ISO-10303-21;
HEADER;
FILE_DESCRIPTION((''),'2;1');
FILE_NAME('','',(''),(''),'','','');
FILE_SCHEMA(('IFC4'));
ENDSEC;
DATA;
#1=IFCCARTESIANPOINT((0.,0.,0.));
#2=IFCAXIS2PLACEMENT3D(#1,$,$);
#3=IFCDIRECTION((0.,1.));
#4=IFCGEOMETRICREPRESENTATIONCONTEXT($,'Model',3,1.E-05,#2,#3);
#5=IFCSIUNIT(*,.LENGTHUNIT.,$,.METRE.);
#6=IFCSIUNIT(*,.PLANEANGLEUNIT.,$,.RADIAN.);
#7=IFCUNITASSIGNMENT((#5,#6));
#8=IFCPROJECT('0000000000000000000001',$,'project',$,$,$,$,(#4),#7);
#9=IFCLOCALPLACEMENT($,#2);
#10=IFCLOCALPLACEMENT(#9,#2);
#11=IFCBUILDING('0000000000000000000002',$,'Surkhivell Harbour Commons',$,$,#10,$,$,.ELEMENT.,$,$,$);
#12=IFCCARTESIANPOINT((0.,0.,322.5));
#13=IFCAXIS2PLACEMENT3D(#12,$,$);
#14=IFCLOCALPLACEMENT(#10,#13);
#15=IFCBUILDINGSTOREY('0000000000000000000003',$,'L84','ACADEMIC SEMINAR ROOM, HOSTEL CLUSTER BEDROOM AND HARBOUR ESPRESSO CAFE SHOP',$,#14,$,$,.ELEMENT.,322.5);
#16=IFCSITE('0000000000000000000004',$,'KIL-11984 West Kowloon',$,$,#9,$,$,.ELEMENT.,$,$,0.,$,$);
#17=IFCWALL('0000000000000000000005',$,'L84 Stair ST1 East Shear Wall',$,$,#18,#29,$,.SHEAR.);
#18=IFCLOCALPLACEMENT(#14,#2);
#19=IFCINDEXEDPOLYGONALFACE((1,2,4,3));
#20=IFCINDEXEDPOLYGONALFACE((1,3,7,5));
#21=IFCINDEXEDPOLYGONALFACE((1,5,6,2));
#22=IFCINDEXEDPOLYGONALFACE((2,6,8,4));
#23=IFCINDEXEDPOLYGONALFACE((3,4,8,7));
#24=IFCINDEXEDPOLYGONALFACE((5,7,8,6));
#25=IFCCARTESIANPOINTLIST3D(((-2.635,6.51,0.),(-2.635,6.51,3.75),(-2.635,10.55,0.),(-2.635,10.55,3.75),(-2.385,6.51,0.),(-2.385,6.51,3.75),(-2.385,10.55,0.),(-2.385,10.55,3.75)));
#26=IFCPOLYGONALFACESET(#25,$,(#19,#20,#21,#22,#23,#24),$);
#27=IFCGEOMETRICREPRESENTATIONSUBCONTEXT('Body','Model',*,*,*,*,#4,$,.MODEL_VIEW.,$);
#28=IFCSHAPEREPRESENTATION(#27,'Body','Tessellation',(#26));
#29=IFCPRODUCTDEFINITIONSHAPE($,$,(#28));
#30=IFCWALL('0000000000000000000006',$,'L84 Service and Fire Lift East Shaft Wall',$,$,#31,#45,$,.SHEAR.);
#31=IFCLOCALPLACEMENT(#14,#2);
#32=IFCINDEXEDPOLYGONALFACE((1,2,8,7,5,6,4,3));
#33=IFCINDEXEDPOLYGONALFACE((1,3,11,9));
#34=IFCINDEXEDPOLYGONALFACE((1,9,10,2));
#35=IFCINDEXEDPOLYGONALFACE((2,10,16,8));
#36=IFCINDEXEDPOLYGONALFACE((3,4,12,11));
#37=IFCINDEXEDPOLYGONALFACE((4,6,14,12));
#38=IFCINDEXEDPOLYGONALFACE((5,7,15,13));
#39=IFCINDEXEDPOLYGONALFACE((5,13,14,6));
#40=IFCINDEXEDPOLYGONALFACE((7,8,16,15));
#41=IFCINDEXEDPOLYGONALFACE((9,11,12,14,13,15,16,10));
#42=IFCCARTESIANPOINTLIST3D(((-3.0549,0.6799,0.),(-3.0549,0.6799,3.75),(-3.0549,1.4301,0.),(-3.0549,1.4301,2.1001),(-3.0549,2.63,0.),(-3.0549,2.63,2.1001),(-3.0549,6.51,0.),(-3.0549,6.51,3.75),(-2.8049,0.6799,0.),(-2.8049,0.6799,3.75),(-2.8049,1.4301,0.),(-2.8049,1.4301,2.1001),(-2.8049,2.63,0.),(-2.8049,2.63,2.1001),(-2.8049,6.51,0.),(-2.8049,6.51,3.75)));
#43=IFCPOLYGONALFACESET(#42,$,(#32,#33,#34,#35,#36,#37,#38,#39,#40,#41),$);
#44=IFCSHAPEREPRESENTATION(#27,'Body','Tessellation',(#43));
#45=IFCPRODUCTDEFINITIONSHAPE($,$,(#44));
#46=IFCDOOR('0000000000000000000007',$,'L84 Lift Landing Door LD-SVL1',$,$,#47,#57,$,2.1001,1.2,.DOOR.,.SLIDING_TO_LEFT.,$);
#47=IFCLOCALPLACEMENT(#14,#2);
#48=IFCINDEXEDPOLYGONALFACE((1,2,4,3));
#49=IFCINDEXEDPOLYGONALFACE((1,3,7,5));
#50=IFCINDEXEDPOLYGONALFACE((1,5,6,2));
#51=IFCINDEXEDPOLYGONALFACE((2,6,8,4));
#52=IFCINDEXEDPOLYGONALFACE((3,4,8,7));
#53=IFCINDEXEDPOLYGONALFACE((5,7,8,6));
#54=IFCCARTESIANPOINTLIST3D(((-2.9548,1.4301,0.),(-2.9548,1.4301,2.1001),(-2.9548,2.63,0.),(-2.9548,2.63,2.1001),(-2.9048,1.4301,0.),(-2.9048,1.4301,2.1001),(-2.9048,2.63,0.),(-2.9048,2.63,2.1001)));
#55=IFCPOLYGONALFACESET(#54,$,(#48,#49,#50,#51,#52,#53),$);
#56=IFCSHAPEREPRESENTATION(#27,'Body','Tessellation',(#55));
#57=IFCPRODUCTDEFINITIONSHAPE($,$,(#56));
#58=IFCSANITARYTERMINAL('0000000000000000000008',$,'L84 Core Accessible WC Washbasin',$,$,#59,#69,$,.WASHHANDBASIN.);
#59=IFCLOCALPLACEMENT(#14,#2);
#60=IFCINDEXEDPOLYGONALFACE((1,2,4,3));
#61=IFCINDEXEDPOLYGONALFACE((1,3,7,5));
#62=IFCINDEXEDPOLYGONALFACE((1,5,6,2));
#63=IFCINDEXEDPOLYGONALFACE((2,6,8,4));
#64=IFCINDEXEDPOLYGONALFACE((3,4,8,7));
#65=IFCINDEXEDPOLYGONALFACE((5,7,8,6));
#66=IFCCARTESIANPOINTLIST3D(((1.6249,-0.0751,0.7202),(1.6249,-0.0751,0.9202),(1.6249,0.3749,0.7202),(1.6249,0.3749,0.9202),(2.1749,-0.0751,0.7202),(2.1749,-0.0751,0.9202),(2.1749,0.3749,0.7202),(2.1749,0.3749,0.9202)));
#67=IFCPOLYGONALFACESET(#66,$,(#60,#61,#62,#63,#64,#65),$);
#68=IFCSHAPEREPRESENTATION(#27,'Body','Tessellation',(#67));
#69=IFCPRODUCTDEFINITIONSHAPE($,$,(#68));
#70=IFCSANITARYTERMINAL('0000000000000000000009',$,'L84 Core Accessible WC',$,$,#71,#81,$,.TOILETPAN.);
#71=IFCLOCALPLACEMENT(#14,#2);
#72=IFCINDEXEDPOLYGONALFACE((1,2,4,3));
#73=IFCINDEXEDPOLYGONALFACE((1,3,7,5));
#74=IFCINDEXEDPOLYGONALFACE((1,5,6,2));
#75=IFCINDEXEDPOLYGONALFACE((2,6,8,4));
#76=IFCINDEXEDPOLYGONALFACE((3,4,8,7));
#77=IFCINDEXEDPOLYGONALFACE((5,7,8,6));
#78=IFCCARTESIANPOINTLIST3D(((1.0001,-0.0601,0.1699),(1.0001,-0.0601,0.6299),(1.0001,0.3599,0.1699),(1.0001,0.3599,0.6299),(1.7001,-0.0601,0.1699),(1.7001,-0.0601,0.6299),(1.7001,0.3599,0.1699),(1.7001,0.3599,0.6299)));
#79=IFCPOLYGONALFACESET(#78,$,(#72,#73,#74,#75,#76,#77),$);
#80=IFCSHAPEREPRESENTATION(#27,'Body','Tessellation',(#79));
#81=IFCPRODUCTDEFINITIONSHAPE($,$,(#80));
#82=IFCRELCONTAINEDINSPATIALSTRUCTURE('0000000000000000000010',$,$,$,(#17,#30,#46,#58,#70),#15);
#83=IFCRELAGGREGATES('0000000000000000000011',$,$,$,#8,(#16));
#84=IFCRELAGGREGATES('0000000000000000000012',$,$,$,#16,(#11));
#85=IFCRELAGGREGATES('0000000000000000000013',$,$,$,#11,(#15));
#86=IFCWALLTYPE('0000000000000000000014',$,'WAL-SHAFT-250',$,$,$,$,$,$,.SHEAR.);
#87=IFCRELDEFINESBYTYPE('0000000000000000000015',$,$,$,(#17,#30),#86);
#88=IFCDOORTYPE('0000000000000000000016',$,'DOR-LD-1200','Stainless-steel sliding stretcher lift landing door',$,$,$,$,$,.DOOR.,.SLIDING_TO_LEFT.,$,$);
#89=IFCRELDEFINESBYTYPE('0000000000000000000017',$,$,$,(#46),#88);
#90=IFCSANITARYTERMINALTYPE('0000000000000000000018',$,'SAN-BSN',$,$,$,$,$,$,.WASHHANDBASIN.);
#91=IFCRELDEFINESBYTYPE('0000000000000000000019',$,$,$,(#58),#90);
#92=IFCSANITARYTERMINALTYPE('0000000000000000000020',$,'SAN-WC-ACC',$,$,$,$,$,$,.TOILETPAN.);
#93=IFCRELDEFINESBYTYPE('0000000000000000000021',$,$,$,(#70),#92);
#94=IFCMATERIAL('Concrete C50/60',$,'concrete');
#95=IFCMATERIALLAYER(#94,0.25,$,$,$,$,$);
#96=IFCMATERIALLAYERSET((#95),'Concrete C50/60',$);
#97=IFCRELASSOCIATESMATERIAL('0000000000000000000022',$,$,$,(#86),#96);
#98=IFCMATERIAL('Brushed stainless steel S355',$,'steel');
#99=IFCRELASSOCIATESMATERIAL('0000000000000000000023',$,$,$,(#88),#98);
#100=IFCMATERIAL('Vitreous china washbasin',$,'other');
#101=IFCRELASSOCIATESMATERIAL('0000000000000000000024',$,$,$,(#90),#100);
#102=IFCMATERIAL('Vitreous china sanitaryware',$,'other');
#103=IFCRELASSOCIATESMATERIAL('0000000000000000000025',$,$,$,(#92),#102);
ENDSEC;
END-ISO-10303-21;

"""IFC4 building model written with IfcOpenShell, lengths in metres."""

from ifc_helpers import new_model, si_unit, direction, frame, frame_2d, origin, origin_2d, place, context, subcontext, project, spatial, rectangle, extrude, material, layer, layer_set, type_object, element, fill, save


model = new_model("IFC4")

# Units and contexts
model_context = context("Model", 3, precision=1e-05, world=origin(), true_north=direction((0.0, 1.0)))
body_context = subcontext(model_context, "Body", "Model", "MODEL_VIEW")
ifc_project = project(units=[si_unit("LENGTHUNIT", "METRE"), si_unit("PLANEANGLEUNIT", "RADIAN")], contexts=[model_context])

# Site, building, storey
site_placement = place(None, origin())
site = spatial("IfcSite", under=ifc_project, at=site_placement, Name="KIL-11984 West Kowloon", CompositionType="ELEMENT", RefElevation=0.0)
building_placement = place(site_placement, origin())
building = spatial("IfcBuilding", under=site, at=building_placement, Name="Surkhivell Harbour Commons", CompositionType="ELEMENT")
storey_placement = place(building_placement, frame((0.0, 0.0, 322.5)))
storey = spatial("IfcBuildingStorey", under=building, at=storey_placement, Name="L84", Description="ACADEMIC SEMINAR ROOM, HOSTEL CLUSTER BEDROOM AND HARBOUR ESPRESSO CAFE SHOP", CompositionType="ELEMENT", Elevation=322.5)

# Shared definitions
ifc_material_1 = material(Name="Concrete C50/60", Category="concrete")

# Wall
ifc_layer_1 = layer(ifc_material_1, 0.25)
ifc_layer_set_1 = layer_set([ifc_layer_1], Name="Concrete C50/60")
wall_type_1 = type_object("IfcWallType", Name="WAL-SHAFT-250", PredefinedType="SHEAR", material=ifc_layer_set_1)
wall_1_placement = place(storey_placement, frame((-2.51, 6.51, 0.0), z_axis=(0.0, 0.0, 1.0), x_axis=(0.0, 1.0, 0.0)))
element("IfcWall", 1, at=wall_1_placement, inside=storey, type_object=wall_type_1, Name="L84 Stair ST1 East Shear Wall", PredefinedType="SHEAR", context=body_context, shape_type="SweptSolid", body=[
    extrude(rectangle(XDim=4.04, YDim=0.25, at=frame_2d((2.02, 0.0))), origin(), (0.0, 0.0, 1.0), 3.75),
])

# Wall, opening, door
wall_2_placement = place(storey_placement, frame((-2.9299, 0.6799, 0.0), z_axis=(0.0, 0.0, 1.0), x_axis=(0.0, 1.0, 0.0)))
wall_2 = element("IfcWall", 2, at=wall_2_placement, inside=storey, type_object=wall_type_1, Name="L84 Service and Fire Lift East Shaft Wall", PredefinedType="SHEAR", context=body_context, shape_type="SweptSolid", body=[
    extrude(rectangle(XDim=5.8301, YDim=0.25, at=frame_2d((2.915, 0.0))), origin(), (0.0, 0.0, 1.0), 3.75),
])
opening_1_placement = place(wall_2_placement, frame((0.75, 0.0, 0.0)))
opening_1 = element("IfcOpeningElement", 3, at=opening_1_placement, cuts=wall_2, PredefinedType="OPENING", context=body_context, shape_type="SweptSolid", body=[
    extrude(rectangle(XDim=1.2, YDim=2.1001, at=frame_2d((0.6001, 1.05))), frame((0.0, 0.135, 0.0), z_axis=(0.0, -1.0, 0.0), x_axis=(1.0, 0.0, 0.0)), (0.0, 0.0, 1.0), 0.27),
])
ifc_material_2 = material(Name="Brushed stainless steel S355", Category="steel")
door_type_1 = type_object("IfcDoorType", Name="DOR-LD-1200", Description="Stainless-steel sliding stretcher lift landing door", OperationType="SLIDING_TO_LEFT", PredefinedType="DOOR", material=ifc_material_2)
door_1_placement = place(opening_1_placement, origin())
door_1 = element("IfcDoor", 4, at=door_1_placement, inside=storey, type_object=door_type_1, Name="L84 Lift Landing Door LD-SVL1", OperationType="SLIDING_TO_LEFT", OverallHeight=2.1001, OverallWidth=1.2, PredefinedType="DOOR", context=body_context, shape_type="SweptSolid", body=[
    extrude(rectangle(XDim=1.2, YDim=2.1001, at=frame_2d((0.6001, 1.05))), frame((0.0, 0.0249, 0.0), z_axis=(0.0, -1.0, 0.0), x_axis=(1.0, 0.0, 0.0)), (0.0, 0.0, 1.0), 0.05),
])
fill(opening_1, door_1)

# Sanitary terminals
ifc_material_3 = material(Name="Vitreous china washbasin", Category="other")
sanitary_terminal_type_1 = type_object("IfcSanitaryTerminalType", Name="SAN-BSN", PredefinedType="WASHHANDBASIN", material=ifc_material_3)
sanitary_terminal_1_placement = place(storey_placement, frame((1.8999, 0.1499, 0.7202), z_axis=(0.0, 0.0, 1.0), x_axis=(1.0, 0.0, 0.0)))
element("IfcSanitaryTerminal", 5, at=sanitary_terminal_1_placement, inside=storey, type_object=sanitary_terminal_type_1, Name="L84 Core Accessible WC Washbasin", PredefinedType="WASHHANDBASIN", context=body_context, shape_type="SweptSolid", body=[
    extrude(rectangle(XDim=0.55, YDim=0.45, at=origin_2d()), origin(), (0.0, 0.0, 1.0), 0.2),
])
ifc_material_4 = material(Name="Vitreous china sanitaryware", Category="other")
sanitary_terminal_type_2 = type_object("IfcSanitaryTerminalType", Name="SAN-WC-ACC", PredefinedType="TOILETPAN", material=ifc_material_4)
sanitary_terminal_2_placement = place(storey_placement, frame((1.3501, 0.1499, 0.1699), z_axis=(0.0, 0.0, 1.0), x_axis=(1.0, 0.0, 0.0)))
element("IfcSanitaryTerminal", 6, at=sanitary_terminal_2_placement, inside=storey, type_object=sanitary_terminal_type_2, Name="L84 Core Accessible WC", PredefinedType="TOILETPAN", context=body_context, shape_type="SweptSolid", body=[
    extrude(rectangle(XDim=0.7, YDim=0.4199, at=origin_2d()), origin(), (0.0, 0.0, 1.0), 0.46),
])

save(model, "model.ifc")
